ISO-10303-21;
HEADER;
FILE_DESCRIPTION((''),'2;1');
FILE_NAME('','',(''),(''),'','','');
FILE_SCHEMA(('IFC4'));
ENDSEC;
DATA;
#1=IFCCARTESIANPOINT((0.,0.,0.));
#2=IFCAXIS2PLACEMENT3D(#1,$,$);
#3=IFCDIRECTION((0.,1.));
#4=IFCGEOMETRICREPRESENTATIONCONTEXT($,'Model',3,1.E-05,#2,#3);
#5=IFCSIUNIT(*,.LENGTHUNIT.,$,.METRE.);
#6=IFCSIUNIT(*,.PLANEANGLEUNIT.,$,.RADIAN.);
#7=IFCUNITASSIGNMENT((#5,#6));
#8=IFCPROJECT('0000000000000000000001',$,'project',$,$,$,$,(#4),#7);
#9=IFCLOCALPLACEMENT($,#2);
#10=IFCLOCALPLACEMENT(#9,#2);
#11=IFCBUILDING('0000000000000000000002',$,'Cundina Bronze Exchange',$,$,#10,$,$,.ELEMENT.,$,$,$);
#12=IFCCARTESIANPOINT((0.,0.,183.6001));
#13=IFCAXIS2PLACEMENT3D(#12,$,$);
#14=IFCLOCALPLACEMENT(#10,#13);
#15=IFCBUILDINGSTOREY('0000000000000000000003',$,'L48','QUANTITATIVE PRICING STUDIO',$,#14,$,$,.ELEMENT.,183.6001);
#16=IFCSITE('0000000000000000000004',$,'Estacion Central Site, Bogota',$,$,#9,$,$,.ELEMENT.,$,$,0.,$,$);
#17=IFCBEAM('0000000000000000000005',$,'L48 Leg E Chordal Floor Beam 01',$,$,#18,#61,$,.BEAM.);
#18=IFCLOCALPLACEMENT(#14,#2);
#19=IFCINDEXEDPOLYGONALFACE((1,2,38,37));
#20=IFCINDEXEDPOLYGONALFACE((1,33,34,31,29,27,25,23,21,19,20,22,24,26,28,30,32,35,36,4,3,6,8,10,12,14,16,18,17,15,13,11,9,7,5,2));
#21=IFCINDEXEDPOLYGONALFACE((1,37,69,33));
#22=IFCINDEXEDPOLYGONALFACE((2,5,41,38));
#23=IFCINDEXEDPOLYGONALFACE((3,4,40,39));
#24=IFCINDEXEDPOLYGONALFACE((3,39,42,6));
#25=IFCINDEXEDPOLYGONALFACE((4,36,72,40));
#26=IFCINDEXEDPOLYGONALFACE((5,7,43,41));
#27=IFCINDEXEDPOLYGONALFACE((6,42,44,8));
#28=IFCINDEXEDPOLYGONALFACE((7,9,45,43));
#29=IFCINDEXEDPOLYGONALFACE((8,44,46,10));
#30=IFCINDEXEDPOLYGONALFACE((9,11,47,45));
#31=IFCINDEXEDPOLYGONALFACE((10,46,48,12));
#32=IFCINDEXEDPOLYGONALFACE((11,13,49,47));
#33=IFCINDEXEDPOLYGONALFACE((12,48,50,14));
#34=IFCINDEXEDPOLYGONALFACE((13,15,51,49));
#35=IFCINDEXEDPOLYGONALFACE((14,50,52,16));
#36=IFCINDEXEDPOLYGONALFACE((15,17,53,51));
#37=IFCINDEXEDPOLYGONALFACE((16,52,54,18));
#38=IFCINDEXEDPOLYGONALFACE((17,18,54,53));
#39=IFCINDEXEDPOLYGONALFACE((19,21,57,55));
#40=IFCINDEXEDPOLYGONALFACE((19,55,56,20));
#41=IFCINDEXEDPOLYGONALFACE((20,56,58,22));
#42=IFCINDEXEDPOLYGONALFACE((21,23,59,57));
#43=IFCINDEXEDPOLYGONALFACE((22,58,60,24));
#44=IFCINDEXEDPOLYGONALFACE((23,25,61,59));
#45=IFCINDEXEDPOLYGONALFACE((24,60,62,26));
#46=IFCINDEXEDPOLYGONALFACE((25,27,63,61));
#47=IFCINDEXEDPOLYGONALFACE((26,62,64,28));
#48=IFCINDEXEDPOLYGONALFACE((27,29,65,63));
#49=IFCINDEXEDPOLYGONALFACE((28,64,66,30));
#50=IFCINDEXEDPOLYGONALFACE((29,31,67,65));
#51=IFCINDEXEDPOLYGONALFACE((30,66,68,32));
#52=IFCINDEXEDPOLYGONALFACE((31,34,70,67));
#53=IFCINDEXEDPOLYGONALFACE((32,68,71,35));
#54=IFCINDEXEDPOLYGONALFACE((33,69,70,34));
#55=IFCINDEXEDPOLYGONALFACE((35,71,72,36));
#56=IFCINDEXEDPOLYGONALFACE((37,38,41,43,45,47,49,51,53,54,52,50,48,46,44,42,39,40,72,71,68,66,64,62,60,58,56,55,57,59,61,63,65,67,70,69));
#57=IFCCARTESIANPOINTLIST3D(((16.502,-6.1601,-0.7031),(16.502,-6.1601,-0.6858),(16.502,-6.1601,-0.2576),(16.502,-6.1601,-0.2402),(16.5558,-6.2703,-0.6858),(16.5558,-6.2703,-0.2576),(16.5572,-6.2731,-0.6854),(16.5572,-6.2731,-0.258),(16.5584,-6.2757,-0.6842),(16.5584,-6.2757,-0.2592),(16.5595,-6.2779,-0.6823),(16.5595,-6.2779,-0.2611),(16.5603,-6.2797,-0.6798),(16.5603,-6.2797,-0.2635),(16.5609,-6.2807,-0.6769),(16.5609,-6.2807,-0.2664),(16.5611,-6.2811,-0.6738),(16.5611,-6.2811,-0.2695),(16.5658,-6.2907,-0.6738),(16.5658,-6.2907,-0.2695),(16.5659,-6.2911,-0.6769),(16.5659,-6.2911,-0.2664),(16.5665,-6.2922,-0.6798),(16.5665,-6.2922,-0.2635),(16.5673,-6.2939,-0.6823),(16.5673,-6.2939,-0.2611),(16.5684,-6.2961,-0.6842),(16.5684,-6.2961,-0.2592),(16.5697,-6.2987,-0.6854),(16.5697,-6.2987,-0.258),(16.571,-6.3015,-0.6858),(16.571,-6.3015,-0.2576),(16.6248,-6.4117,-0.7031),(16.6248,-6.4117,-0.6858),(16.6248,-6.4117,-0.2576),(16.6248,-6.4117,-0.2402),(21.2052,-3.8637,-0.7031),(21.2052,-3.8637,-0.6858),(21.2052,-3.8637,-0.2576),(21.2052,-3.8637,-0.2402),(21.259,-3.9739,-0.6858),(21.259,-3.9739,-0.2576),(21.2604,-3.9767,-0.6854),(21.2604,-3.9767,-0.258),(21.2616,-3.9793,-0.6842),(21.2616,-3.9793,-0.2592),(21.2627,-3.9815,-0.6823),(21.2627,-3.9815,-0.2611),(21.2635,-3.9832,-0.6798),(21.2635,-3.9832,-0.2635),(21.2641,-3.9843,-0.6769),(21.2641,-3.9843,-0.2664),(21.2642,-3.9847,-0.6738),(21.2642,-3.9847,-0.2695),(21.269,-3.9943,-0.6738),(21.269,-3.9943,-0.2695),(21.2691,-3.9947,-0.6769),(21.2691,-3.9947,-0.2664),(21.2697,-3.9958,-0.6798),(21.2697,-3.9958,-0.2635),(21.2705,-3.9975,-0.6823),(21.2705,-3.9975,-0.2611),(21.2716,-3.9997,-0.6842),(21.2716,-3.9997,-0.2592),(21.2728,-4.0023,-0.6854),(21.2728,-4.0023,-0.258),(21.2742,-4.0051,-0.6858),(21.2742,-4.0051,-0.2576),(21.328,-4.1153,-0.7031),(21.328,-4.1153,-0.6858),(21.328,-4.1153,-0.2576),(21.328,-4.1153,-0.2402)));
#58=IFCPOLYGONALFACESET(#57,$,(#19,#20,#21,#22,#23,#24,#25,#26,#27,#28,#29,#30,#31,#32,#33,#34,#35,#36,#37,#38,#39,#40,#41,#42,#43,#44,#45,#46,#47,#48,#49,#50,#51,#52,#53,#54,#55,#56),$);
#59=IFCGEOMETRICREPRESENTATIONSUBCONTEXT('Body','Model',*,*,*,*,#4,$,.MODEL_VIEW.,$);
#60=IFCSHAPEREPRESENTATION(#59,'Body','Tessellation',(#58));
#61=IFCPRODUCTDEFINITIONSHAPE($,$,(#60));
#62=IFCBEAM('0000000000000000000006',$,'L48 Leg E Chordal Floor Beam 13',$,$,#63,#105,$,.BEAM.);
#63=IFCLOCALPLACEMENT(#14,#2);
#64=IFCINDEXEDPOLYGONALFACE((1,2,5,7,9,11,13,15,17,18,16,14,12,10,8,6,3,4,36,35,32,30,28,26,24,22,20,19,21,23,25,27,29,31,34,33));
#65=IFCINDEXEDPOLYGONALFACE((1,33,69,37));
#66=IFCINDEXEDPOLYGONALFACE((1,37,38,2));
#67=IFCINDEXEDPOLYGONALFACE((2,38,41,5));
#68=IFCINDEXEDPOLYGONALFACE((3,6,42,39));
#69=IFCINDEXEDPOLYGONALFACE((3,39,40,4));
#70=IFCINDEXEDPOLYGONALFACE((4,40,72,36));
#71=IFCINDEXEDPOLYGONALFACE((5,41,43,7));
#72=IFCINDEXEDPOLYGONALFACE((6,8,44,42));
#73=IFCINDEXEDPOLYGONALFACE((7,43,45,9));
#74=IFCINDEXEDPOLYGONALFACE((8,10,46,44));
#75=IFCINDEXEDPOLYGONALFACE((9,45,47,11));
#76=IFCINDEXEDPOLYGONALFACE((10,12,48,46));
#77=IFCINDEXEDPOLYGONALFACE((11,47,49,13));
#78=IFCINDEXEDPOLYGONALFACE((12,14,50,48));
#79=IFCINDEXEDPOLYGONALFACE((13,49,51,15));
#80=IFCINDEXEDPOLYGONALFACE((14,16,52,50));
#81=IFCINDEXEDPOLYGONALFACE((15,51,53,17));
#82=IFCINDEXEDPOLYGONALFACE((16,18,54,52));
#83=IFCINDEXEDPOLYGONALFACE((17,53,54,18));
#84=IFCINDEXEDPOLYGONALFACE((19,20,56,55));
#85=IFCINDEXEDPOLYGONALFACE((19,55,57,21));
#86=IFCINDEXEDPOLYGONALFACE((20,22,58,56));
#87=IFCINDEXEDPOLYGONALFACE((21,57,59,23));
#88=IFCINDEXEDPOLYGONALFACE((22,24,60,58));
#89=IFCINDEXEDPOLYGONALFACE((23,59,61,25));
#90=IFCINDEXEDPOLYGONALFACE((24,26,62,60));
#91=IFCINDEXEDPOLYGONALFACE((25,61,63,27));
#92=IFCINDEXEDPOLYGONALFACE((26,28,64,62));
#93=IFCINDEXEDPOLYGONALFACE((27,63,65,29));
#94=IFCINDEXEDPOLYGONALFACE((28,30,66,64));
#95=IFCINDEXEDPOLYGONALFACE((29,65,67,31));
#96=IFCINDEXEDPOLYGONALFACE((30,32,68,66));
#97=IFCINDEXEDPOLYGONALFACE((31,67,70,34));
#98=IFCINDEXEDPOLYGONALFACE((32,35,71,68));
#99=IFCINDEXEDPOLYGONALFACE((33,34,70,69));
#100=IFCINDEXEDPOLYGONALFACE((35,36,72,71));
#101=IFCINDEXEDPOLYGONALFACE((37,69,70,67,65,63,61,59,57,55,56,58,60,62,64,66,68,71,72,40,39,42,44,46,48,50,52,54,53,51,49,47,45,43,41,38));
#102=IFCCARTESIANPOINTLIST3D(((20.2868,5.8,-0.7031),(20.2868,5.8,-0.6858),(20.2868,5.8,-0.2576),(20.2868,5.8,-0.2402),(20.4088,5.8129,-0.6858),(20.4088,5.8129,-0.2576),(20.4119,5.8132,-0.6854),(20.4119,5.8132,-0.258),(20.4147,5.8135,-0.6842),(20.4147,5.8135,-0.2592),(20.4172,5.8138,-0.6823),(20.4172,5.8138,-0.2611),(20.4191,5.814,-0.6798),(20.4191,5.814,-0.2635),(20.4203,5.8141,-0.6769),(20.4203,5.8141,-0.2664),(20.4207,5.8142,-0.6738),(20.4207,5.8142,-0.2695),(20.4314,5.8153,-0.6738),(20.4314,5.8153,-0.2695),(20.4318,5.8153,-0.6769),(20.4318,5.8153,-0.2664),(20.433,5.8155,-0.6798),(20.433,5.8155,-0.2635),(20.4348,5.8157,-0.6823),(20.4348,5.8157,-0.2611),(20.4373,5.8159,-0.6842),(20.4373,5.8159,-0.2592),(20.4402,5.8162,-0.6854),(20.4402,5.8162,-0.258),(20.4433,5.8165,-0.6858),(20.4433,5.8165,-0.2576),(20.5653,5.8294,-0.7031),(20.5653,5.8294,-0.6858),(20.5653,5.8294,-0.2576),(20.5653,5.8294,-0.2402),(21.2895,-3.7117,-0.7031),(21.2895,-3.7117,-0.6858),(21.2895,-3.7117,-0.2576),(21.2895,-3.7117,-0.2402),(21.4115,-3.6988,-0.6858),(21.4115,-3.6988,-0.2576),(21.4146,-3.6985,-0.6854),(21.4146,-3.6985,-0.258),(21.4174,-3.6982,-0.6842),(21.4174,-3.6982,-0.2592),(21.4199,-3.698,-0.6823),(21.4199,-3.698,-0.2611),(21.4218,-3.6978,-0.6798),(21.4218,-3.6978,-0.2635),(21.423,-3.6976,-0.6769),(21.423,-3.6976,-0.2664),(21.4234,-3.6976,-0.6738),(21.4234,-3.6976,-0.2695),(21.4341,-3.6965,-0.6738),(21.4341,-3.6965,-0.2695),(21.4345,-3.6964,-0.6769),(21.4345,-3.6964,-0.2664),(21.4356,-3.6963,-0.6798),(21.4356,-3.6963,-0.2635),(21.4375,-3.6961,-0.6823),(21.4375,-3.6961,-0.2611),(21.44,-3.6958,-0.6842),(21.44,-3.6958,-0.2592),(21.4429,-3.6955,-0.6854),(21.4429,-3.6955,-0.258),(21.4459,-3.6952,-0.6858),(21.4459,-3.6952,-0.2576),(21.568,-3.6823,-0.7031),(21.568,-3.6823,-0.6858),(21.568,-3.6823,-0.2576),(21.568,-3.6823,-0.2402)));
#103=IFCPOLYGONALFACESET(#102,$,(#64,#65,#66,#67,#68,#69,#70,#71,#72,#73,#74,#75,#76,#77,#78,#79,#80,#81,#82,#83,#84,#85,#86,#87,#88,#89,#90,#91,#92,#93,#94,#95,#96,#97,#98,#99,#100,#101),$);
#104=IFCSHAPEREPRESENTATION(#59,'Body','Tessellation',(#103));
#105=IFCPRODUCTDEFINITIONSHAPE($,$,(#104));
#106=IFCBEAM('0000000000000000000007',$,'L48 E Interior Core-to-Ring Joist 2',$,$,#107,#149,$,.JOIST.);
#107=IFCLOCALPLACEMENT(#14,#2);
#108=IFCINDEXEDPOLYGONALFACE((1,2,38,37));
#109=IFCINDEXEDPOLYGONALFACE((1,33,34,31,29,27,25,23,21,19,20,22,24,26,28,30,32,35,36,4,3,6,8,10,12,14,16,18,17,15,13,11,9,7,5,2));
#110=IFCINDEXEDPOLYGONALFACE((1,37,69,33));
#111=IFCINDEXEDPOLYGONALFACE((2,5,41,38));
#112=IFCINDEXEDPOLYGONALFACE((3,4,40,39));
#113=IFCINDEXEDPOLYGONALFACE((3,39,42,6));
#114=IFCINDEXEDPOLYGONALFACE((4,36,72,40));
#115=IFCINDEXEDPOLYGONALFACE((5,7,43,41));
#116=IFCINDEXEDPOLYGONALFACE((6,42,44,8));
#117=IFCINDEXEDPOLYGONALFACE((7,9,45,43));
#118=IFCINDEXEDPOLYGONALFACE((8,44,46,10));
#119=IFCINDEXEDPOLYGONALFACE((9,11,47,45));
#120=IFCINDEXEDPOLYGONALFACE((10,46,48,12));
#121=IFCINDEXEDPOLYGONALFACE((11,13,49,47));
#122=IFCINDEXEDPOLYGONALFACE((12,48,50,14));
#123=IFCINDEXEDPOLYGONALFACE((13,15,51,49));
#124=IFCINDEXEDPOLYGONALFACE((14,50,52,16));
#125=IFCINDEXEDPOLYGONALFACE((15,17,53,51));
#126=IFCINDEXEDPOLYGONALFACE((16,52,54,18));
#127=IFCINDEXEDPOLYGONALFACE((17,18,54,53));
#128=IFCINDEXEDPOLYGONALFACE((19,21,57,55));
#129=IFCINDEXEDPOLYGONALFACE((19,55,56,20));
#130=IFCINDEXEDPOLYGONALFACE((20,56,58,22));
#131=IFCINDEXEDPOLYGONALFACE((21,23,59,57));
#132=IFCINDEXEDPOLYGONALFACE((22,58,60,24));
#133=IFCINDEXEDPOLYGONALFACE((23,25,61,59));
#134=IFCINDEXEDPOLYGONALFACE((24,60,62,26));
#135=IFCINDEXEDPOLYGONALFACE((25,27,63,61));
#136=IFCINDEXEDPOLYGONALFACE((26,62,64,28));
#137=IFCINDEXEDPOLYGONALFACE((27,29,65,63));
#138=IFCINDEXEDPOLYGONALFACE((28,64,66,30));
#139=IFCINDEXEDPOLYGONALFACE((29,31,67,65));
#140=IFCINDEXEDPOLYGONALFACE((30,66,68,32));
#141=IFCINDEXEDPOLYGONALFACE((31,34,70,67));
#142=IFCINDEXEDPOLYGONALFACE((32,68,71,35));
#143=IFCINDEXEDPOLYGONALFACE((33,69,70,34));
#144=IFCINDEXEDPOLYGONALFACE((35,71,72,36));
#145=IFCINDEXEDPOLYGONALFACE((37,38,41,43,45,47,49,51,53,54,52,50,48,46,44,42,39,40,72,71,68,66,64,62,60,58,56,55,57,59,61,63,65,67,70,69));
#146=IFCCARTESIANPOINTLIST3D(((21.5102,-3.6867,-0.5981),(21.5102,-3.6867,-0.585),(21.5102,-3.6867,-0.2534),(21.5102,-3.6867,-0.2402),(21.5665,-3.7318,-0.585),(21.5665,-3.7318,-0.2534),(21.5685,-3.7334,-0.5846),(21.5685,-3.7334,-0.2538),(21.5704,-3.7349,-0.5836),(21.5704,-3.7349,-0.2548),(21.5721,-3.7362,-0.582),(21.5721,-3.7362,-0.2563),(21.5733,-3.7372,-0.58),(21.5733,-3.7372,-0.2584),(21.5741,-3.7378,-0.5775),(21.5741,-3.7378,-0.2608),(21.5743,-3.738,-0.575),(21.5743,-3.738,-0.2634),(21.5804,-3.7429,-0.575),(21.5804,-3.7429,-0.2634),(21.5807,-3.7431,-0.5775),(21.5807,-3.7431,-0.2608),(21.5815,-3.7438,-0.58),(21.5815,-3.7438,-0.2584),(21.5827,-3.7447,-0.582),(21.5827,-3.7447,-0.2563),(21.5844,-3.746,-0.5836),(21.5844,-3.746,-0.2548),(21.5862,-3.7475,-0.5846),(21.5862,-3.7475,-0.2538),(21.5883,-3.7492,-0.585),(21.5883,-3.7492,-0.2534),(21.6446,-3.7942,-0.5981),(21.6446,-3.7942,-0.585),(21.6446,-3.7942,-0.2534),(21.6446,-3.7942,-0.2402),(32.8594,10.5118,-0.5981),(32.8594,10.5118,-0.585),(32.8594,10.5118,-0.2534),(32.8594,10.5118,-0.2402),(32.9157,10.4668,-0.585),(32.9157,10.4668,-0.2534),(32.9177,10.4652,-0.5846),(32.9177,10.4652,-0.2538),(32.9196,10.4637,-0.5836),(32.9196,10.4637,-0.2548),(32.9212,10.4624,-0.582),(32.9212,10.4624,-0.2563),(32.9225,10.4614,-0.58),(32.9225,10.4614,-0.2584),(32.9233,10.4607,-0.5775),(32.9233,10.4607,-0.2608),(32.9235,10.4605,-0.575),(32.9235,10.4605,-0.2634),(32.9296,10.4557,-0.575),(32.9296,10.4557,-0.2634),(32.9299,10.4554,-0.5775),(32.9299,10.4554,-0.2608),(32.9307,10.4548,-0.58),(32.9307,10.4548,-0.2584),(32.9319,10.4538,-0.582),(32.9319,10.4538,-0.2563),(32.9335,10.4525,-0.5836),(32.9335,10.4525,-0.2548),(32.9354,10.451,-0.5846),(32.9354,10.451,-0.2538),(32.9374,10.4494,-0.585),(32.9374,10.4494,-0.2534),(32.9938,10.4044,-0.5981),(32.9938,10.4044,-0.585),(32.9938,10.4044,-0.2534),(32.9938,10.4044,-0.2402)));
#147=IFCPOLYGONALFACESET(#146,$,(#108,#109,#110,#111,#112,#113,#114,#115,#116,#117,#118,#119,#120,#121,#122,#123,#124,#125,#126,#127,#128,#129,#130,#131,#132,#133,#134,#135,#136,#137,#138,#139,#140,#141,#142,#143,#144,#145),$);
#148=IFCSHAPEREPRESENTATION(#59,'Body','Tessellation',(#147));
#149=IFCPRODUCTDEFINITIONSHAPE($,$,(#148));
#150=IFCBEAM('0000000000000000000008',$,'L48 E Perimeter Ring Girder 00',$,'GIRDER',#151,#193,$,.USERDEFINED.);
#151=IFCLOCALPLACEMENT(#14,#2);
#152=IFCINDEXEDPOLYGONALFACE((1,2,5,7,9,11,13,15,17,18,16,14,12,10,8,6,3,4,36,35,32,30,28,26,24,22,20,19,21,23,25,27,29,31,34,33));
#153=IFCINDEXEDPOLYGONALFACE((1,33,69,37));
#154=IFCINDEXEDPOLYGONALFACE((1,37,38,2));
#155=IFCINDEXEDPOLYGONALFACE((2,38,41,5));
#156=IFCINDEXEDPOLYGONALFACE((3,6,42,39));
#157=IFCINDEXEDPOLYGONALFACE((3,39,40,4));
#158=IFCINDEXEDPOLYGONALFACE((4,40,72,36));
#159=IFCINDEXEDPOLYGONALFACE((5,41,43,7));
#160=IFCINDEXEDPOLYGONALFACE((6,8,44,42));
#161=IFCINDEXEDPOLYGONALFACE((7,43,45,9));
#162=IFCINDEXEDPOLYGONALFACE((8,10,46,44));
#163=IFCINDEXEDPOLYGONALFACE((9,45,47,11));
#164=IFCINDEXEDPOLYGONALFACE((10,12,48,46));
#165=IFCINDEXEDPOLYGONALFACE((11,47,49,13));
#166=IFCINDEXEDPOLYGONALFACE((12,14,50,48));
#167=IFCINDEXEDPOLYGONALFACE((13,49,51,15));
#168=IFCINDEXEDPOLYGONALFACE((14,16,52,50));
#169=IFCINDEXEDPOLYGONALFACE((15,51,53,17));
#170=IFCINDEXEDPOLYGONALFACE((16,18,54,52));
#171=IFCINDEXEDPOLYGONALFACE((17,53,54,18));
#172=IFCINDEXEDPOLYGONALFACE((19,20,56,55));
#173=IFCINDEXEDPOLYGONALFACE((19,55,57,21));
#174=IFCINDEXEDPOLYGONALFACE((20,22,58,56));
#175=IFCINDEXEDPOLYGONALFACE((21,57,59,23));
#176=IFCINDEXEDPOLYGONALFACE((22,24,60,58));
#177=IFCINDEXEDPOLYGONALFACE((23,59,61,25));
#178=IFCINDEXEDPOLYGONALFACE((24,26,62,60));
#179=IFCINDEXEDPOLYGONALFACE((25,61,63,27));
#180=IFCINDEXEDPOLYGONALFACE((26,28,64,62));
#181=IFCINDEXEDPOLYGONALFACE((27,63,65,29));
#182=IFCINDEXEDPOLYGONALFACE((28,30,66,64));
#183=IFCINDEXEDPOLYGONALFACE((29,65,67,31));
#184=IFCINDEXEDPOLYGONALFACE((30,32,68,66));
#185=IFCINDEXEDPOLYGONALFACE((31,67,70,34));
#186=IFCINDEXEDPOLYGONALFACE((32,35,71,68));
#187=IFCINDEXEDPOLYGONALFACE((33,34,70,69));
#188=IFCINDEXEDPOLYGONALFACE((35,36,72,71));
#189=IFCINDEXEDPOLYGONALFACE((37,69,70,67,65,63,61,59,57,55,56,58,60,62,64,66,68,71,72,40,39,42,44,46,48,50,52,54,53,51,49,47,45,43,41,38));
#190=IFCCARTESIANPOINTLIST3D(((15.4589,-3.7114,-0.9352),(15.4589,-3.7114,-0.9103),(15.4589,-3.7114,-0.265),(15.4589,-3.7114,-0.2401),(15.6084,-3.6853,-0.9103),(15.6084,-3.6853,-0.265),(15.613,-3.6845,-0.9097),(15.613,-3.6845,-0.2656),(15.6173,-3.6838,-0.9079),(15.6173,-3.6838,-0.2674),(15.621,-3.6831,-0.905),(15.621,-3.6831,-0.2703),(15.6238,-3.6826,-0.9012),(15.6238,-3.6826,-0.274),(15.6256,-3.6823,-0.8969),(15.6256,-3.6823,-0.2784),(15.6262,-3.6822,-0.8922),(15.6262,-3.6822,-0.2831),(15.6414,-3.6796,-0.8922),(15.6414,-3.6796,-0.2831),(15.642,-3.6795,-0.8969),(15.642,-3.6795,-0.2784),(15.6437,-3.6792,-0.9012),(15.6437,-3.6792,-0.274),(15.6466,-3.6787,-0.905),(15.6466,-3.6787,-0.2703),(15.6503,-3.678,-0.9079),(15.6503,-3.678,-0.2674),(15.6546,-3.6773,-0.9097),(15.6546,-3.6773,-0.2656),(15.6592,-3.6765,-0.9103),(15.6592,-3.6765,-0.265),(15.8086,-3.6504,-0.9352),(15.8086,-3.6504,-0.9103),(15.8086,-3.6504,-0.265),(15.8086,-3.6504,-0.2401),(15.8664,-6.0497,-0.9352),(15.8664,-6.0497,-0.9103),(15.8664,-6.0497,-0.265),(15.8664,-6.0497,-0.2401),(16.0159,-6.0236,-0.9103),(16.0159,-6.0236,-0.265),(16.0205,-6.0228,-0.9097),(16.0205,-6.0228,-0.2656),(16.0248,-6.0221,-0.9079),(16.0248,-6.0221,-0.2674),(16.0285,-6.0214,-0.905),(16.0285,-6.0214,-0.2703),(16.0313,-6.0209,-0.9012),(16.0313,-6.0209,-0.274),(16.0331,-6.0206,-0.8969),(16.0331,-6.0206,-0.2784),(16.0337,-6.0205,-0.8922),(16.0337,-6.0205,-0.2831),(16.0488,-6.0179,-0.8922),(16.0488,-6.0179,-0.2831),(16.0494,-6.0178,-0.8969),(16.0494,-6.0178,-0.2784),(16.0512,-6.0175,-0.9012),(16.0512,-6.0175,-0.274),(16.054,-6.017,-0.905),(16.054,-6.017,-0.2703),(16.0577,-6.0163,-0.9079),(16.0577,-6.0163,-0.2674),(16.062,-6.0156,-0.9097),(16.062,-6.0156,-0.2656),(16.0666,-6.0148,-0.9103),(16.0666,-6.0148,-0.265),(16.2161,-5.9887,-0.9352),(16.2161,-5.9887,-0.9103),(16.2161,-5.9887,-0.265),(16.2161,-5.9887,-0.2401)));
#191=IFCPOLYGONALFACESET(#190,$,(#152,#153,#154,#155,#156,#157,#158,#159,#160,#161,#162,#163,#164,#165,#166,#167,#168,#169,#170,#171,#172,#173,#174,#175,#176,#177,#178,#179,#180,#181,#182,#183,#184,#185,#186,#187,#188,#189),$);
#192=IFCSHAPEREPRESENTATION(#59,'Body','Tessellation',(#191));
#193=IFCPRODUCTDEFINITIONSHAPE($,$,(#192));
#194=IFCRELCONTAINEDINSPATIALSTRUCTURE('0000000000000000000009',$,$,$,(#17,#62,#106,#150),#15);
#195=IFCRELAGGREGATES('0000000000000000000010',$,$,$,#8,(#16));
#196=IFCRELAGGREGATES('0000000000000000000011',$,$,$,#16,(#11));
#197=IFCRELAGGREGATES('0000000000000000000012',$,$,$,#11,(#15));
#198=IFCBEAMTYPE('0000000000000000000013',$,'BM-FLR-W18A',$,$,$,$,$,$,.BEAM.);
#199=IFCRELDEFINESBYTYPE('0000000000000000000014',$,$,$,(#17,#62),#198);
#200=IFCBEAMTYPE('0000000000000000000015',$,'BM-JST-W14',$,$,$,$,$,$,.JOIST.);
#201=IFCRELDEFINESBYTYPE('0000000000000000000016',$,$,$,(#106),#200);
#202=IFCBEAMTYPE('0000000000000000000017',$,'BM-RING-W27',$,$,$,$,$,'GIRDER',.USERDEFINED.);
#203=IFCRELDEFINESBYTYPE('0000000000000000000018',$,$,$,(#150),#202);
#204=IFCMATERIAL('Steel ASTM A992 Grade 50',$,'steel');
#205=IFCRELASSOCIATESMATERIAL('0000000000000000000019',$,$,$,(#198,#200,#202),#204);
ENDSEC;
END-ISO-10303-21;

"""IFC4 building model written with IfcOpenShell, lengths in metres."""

from ifc_helpers import new_model, si_unit, direction, frame, origin, origin_2d, place, context, subcontext, project, spatial, i_section, extrude, material, material_profile, profile_set, type_object, element, save


model = new_model("IFC4")

# Units and contexts
model_context = context("Model", 3, precision=1e-05, world=origin(), true_north=direction((0.0, 1.0)))
body_context = subcontext(model_context, "Body", "Model", "MODEL_VIEW")
ifc_project = project(units=[si_unit("LENGTHUNIT", "METRE"), si_unit("PLANEANGLEUNIT", "RADIAN")], contexts=[model_context])

# Site, building, storey
site_placement = place(None, origin())
site = spatial("IfcSite", under=ifc_project, at=site_placement, Name="Estacion Central Site, Bogota", CompositionType="ELEMENT", RefElevation=0.0)
building_placement = place(site_placement, origin())
building = spatial("IfcBuilding", under=site, at=building_placement, Name="Cundina Bronze Exchange", CompositionType="ELEMENT")
storey_placement = place(building_placement, frame((0.0, 0.0, 183.6001)))
storey = spatial("IfcBuildingStorey", under=building, at=storey_placement, Name="L48", Description="QUANTITATIVE PRICING STUDIO", CompositionType="ELEMENT", Elevation=183.6001)

# Shared definitions
ifc_material_1 = material(Name="Steel ASTM A992 Grade 50", Category="steel")

# Beams
ifc_material_profile_1 = material_profile(ifc_material_1, i_section(OverallWidth=0.28, OverallDepth=0.4629, WebThickness=0.0107, FlangeThickness=0.0173, FilletRadius=0.012, at=origin_2d()), Name="W18X76", Category="steel")
ifc_profile_set_1 = profile_set([ifc_material_profile_1], Name="Steel ASTM A992 Grade 50")
beam_type_1 = type_object("IfcBeamType", Name="BM-FLR-W18A", PredefinedType="BEAM", material=ifc_profile_set_1)
beam_1_placement = place(storey_placement, frame((21.2666, -3.9895, -0.4717), z_axis=(-0.898604, -0.43876, 0.0), x_axis=(0.43876, -0.898604, 0.0)))
element("IfcBeam", 1, at=beam_1_placement, inside=storey, type_object=beam_type_1, Name="L48 Leg E Chordal Floor Beam 01", PredefinedType="BEAM", context=body_context, shape_type="SweptSolid", body=[
    extrude(i_section(OverallWidth=0.28, OverallDepth=0.4629, WebThickness=0.0107, FlangeThickness=0.0173, FilletRadius=0.012, at=origin_2d()), origin(), (0.0, 0.0, 1.0), 5.2339),
])
beam_2_placement = place(storey_placement, frame((21.4287, -3.697, -0.4717), z_axis=(-0.104835, 0.99449, 0.0), x_axis=(-0.99449, -0.104835, 0.0)))
element("IfcBeam", 2, at=beam_2_placement, inside=storey, type_object=beam_type_1, Name="L48 Leg E Chordal Floor Beam 13", PredefinedType="BEAM", context=body_context, shape_type="SweptSolid", body=[
    extrude(i_section(OverallWidth=0.28, OverallDepth=0.4629, WebThickness=0.0107, FlangeThickness=0.0173, FilletRadius=0.012, at=origin_2d()), origin(), (0.0, 0.0, 1.0), 9.5645),
])
ifc_material_profile_2 = material_profile(ifc_material_1, i_section(OverallWidth=0.1721, OverallDepth=0.3579, WebThickness=0.0078, FlangeThickness=0.0132, FilletRadius=0.01, at=origin_2d()), Name="W14X38", Category="steel")
ifc_profile_set_2 = profile_set([ifc_material_profile_2], Name="Steel ASTM A992 Grade 50")
beam_type_2 = type_object("IfcBeamType", Name="BM-JST-W14", PredefinedType="JOIST", material=ifc_profile_set_2)
beam_3_placement = place(storey_placement, frame((21.5774, -3.7405, -0.4192), z_axis=(0.624371, 0.781128, 0.0), x_axis=(-0.781128, 0.624371, 0.0)))
element("IfcBeam", 3, at=beam_3_placement, inside=storey, type_object=beam_type_2, Name="L48 E Interior Core-to-Ring Joist 2", PredefinedType="JOIST", context=body_context, shape_type="SweptSolid", body=[
    extrude(i_section(OverallWidth=0.1721, OverallDepth=0.3579, WebThickness=0.0078, FlangeThickness=0.0132, FilletRadius=0.01, at=origin_2d()), origin(), (0.0, 0.0, 1.0), 18.177),
])
ifc_material_profile_3 = material_profile(ifc_material_1, i_section(OverallWidth=0.355, OverallDepth=0.6951, WebThickness=0.0154, FlangeThickness=0.0249, FilletRadius=0.0181, at=origin_2d()), Name="W27X146", Category="steel")
ifc_profile_set_3 = profile_set([ifc_material_profile_3], Name="Steel ASTM A992 Grade 50")
beam_type_3 = type_object("IfcBeamType", Name="BM-RING-W27", ElementType="GIRDER", PredefinedType="USERDEFINED", material=ifc_profile_set_3)
beam_4_placement = place(storey_placement, frame((15.6338, -3.6809, -0.5876), z_axis=(0.171667, -0.985155, 0.0), x_axis=(0.985155, 0.171667, 0.0)))
element("IfcBeam", 4, at=beam_4_placement, inside=storey, type_object=beam_type_3, Name="L48 E Perimeter Ring Girder 00", ObjectType="GIRDER", PredefinedType="USERDEFINED", context=body_context, shape_type="SweptSolid", body=[
    extrude(i_section(OverallWidth=0.355, OverallDepth=0.6951, WebThickness=0.0154, FlangeThickness=0.0249, FilletRadius=0.0181, at=origin_2d()), origin(), (0.0, 0.0, 1.0), 2.3735),
])

save(model, "model.ifc")
